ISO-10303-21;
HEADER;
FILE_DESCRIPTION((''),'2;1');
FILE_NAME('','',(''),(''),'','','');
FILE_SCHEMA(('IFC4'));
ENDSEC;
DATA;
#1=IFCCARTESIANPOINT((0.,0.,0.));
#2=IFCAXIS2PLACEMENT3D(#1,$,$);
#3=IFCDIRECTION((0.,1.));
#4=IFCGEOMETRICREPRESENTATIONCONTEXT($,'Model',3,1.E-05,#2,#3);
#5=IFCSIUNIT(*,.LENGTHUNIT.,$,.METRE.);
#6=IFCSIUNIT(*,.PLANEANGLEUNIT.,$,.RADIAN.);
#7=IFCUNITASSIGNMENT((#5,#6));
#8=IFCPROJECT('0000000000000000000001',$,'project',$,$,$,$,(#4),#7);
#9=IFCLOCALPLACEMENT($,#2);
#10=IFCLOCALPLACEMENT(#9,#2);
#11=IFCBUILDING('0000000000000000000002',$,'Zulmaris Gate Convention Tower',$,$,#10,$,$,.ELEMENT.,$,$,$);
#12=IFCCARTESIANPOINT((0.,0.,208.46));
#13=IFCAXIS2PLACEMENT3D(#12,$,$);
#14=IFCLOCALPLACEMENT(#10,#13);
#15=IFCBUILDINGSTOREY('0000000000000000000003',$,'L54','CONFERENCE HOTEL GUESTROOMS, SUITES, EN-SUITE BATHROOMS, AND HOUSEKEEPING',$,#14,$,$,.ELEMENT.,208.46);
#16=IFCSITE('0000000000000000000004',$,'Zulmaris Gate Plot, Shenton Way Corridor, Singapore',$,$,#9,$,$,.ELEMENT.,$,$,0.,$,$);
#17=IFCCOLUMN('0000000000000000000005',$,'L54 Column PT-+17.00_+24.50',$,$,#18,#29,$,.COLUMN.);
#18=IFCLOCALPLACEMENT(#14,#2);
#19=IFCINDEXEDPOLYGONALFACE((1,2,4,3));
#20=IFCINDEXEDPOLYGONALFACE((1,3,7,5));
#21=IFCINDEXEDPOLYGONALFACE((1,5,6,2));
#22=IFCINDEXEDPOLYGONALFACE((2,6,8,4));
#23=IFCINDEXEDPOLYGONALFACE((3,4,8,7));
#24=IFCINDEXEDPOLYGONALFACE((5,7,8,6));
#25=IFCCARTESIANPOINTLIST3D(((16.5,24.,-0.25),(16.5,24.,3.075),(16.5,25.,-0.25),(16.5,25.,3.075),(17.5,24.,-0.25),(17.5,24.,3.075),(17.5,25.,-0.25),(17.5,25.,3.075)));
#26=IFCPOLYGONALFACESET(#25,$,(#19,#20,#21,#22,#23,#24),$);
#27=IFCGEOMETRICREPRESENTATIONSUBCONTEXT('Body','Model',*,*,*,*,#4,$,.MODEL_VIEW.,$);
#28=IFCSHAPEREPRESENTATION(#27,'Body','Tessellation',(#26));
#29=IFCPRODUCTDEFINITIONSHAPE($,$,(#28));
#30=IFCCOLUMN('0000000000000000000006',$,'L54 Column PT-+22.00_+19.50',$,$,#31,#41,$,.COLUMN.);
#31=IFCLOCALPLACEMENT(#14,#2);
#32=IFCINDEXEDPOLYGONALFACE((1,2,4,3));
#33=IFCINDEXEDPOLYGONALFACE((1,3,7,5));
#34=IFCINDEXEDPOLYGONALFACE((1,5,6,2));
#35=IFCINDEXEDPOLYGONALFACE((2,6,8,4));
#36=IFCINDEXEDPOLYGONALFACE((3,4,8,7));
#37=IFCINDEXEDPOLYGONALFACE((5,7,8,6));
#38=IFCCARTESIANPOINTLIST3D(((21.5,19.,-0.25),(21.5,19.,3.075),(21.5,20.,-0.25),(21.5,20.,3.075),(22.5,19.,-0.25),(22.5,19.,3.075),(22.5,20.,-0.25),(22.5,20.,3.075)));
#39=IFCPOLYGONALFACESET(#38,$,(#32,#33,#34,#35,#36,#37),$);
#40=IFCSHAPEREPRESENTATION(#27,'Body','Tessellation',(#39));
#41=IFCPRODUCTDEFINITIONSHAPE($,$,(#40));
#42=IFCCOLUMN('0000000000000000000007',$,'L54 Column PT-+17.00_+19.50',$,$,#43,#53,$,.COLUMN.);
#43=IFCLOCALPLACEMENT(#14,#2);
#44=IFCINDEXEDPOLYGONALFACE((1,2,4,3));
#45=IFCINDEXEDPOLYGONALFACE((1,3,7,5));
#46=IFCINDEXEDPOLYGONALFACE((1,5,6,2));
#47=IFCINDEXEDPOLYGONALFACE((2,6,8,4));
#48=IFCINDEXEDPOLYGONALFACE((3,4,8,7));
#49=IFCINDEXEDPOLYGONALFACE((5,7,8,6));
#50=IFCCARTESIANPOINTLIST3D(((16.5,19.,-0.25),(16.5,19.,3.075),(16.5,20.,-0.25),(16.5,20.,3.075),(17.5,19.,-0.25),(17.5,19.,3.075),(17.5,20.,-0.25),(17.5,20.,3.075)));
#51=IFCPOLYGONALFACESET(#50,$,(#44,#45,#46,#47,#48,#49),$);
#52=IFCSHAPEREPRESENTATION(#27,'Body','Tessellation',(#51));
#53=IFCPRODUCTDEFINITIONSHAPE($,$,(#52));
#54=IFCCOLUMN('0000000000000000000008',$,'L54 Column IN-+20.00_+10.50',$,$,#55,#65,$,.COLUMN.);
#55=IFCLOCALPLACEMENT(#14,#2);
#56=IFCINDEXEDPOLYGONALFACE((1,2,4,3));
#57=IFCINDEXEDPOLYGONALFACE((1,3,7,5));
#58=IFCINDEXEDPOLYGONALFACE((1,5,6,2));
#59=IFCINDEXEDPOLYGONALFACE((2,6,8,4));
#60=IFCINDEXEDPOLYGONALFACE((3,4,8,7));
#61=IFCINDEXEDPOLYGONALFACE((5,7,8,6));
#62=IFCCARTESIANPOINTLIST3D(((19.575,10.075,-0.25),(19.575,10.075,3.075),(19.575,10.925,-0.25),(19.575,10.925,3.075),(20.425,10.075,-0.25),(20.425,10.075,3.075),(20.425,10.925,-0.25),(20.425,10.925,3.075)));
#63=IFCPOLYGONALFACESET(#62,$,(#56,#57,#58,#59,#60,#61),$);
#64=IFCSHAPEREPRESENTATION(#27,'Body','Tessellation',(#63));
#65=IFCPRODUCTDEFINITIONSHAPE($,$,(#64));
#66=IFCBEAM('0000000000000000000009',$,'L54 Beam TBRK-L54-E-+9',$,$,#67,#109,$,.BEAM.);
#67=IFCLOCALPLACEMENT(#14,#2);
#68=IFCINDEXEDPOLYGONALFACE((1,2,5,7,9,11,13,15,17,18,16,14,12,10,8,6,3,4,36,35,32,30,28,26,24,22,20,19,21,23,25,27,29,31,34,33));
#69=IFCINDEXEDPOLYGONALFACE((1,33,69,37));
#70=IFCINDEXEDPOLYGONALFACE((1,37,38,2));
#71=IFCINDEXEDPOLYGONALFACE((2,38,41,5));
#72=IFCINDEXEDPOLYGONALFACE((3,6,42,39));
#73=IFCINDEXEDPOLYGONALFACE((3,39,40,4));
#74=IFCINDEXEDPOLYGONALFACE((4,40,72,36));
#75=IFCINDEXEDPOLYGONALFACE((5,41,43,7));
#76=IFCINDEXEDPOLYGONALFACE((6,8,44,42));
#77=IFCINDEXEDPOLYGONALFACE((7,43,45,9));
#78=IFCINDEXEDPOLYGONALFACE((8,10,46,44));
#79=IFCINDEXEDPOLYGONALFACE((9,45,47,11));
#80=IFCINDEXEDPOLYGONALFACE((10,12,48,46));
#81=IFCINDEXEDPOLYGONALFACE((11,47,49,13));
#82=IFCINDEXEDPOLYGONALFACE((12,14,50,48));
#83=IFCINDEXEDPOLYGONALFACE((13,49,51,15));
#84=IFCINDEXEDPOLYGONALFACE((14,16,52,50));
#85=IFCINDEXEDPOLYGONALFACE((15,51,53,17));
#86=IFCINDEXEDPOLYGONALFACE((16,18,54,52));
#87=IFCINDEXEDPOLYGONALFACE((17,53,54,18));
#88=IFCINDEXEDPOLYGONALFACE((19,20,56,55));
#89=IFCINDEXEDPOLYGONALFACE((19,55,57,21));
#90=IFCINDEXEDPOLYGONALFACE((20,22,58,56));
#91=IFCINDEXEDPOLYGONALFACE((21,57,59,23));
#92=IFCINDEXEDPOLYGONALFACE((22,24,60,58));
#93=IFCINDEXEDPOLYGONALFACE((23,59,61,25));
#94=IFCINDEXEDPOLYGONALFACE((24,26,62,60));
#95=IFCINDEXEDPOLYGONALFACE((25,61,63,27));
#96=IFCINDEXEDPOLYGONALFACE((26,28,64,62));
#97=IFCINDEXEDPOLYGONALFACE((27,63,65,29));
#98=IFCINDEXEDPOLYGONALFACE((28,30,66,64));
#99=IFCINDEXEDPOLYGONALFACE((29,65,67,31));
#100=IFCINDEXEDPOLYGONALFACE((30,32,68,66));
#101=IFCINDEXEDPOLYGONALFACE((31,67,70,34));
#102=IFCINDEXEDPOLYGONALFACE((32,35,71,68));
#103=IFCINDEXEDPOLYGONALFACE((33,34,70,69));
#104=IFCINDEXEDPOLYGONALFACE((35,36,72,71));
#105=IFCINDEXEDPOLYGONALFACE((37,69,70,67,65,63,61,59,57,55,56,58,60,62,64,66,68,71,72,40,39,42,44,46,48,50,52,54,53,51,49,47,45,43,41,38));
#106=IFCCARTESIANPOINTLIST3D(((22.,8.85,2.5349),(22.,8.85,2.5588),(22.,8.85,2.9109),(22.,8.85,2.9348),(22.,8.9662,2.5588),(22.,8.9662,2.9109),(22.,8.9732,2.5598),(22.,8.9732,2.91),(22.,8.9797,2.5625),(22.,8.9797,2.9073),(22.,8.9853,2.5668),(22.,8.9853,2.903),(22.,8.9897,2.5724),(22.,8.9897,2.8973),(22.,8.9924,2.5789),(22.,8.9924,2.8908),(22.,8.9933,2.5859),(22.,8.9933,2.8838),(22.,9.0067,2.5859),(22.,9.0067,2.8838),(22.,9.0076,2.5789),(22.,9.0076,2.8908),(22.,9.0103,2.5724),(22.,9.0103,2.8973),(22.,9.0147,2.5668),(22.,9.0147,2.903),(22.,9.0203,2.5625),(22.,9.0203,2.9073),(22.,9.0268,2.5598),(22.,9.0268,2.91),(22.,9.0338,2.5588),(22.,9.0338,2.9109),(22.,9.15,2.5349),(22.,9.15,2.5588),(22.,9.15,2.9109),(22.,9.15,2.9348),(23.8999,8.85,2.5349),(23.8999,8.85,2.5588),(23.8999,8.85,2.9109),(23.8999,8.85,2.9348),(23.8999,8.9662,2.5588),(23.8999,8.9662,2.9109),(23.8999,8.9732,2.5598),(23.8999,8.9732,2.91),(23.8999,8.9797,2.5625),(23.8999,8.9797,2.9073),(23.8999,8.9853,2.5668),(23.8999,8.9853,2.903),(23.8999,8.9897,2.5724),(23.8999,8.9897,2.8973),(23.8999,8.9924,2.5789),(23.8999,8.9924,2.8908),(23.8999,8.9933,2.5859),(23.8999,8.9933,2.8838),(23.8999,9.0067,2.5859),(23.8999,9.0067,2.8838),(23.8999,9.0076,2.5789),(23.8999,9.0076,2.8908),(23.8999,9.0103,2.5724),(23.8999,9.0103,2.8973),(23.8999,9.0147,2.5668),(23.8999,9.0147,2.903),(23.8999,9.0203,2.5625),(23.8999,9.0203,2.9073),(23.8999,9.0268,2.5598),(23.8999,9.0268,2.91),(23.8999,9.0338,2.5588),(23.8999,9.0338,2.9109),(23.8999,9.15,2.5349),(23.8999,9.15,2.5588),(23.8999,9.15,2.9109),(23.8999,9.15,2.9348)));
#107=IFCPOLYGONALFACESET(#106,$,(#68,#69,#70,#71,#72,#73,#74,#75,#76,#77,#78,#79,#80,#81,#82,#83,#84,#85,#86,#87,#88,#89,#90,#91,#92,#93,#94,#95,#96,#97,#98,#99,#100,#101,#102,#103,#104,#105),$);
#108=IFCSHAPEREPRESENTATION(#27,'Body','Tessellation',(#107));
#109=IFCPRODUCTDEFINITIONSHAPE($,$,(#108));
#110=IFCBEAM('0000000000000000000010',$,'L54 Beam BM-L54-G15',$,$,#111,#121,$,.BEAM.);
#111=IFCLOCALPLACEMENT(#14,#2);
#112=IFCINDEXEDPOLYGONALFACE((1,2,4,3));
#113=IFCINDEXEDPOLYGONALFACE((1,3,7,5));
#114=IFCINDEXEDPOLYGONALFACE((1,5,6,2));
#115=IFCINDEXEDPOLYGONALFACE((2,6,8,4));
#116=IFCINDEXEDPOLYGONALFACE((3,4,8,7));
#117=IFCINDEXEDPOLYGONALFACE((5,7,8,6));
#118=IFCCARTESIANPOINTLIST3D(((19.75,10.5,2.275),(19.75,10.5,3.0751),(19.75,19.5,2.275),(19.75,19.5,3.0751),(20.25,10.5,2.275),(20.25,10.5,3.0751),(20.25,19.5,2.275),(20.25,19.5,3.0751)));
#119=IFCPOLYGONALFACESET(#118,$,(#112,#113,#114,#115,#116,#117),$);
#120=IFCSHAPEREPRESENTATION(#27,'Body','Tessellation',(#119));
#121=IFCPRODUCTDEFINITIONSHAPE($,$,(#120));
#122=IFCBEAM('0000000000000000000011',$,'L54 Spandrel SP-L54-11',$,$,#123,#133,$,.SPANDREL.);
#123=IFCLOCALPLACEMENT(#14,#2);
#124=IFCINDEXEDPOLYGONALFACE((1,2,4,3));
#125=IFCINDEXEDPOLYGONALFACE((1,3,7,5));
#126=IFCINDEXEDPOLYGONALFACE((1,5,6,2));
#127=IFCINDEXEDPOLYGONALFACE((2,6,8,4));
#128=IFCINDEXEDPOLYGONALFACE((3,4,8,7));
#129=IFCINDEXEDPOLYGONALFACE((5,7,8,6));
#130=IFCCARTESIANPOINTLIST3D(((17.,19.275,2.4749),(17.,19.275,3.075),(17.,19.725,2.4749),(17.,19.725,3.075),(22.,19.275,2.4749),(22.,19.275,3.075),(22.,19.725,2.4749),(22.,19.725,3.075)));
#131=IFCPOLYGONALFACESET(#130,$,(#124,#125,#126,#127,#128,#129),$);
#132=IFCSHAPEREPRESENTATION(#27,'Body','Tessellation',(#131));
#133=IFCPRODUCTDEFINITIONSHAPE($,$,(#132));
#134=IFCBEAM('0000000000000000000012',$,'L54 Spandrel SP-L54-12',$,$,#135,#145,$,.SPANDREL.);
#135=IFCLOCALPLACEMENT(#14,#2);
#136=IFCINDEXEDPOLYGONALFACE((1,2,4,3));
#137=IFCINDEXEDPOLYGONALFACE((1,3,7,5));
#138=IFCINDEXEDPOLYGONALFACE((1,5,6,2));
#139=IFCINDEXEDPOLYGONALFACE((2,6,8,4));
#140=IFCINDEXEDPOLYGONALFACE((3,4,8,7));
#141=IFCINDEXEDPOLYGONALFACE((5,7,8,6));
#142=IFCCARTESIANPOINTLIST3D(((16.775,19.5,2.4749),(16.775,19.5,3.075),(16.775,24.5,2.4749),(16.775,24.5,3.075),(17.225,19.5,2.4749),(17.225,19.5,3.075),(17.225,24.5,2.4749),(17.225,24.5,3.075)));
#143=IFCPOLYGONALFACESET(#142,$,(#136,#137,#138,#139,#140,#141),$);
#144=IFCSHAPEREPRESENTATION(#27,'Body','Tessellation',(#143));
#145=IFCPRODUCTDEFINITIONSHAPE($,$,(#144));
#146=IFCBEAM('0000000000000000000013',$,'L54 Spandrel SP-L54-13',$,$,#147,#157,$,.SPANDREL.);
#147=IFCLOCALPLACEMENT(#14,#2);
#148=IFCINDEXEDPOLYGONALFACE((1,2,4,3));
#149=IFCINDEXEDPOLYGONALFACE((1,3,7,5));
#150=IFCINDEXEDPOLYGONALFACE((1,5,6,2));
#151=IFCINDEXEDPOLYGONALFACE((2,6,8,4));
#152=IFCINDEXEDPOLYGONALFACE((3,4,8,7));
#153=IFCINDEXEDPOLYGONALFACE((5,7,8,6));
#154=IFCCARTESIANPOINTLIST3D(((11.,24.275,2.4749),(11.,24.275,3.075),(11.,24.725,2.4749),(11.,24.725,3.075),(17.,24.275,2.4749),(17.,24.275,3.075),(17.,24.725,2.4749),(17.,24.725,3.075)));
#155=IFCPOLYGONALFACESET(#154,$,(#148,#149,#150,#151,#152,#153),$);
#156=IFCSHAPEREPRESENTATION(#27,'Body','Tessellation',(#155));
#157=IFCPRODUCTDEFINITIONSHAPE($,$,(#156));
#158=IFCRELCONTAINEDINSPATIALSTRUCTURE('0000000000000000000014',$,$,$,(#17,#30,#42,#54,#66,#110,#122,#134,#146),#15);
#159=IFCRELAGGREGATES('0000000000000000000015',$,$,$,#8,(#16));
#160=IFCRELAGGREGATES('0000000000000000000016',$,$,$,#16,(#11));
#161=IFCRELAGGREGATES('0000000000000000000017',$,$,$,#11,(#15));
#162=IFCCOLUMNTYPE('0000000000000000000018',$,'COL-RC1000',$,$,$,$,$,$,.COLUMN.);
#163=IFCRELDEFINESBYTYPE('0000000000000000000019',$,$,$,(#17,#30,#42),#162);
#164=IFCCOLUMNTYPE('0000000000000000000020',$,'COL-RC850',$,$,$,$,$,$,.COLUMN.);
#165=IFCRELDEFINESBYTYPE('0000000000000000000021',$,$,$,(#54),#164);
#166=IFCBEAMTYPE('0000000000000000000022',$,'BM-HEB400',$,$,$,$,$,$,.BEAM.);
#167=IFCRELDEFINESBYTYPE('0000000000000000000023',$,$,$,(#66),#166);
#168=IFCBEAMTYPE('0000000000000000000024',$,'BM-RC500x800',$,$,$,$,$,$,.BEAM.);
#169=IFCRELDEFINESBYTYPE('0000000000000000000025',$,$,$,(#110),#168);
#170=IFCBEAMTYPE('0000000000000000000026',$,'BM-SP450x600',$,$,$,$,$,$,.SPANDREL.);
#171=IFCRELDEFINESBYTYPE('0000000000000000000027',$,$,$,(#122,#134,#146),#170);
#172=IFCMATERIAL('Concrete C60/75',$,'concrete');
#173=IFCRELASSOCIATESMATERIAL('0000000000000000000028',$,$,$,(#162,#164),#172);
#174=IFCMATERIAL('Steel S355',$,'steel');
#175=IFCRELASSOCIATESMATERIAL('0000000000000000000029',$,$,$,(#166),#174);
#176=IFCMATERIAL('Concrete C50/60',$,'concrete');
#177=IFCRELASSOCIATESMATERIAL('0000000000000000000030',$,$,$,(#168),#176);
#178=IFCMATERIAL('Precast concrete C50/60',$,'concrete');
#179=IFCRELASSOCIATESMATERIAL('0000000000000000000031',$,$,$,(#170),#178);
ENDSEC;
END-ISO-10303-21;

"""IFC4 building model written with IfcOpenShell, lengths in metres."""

from ifc_helpers import new_model, si_unit, direction, frame, origin, origin_2d, place, context, subcontext, project, spatial, rectangle, i_section, extrude, material, material_profile, profile_set, type_object, element, save


model = new_model("IFC4")

# Units and contexts
model_context = context("Model", 3, precision=1e-05, world=origin(), true_north=direction((0.0, 1.0)))
body_context = subcontext(model_context, "Body", "Model", "MODEL_VIEW")
ifc_project = project(units=[si_unit("LENGTHUNIT", "METRE"), si_unit("PLANEANGLEUNIT", "RADIAN")], contexts=[model_context])

# Site, building, storey
site_placement = place(None, origin())
site = spatial("IfcSite", under=ifc_project, at=site_placement, Name="Zulmaris Gate Plot, Shenton Way Corridor, Singapore", CompositionType="ELEMENT", RefElevation=0.0)
building_placement = place(site_placement, origin())
building = spatial("IfcBuilding", under=site, at=building_placement, Name="Zulmaris Gate Convention Tower", CompositionType="ELEMENT")
storey_placement = place(building_placement, frame((0.0, 0.0, 208.46)))
storey = spatial("IfcBuildingStorey", under=building, at=storey_placement, Name="L54", Description="CONFERENCE HOTEL GUESTROOMS, SUITES, EN-SUITE BATHROOMS, AND HOUSEKEEPING", CompositionType="ELEMENT", Elevation=208.46)

# Columns
ifc_material_1 = material(Name="Concrete C60/75", Category="concrete")
ifc_material_profile_1 = material_profile(ifc_material_1, rectangle(XDim=1.0, YDim=1.0, at=origin_2d()), Name="RC COL 1000x1000")
ifc_profile_set_1 = profile_set([ifc_material_profile_1], Name="Concrete C60/75")
column_type_1 = type_object("IfcColumnType", Name="COL-RC1000", PredefinedType="COLUMN", material=ifc_profile_set_1)
for number, where, z_axis, x_axis, name in (
    (1, (17.0, 24.5, -0.25), (0.0, 0.0, 1.0), (1.0, 0.0, 0.0), "L54 Column PT-+17.00_+24.50"),
    (2, (22.0, 19.5, -0.25), (0.0, 0.0, 1.0), (1.0, 0.0, 0.0), "L54 Column PT-+22.00_+19.50"),
    (3, (17.0, 19.5, -0.25), (0.0, 0.0, 1.0), (1.0, 0.0, 0.0), "L54 Column PT-+17.00_+19.50"),
):
    element("IfcColumn", number, at=place(storey_placement, frame(where, z_axis=z_axis, x_axis=x_axis)), inside=storey, type_object=column_type_1, Name=name, PredefinedType="COLUMN", context=body_context, shape_type="SweptSolid", body=[
        extrude(rectangle(XDim=1.0, YDim=1.0, at=origin_2d()), origin(), (0.0, 0.0, 1.0), 3.325),
    ])
ifc_material_profile_2 = material_profile(ifc_material_1, rectangle(XDim=0.8501, YDim=0.8501, at=origin_2d()), Name="RC COL 850x850")
ifc_profile_set_2 = profile_set([ifc_material_profile_2], Name="Concrete C60/75")
column_type_2 = type_object("IfcColumnType", Name="COL-RC850", PredefinedType="COLUMN", material=ifc_profile_set_2)
column_placement = place(storey_placement, frame((20.0, 10.5, -0.25), z_axis=(0.0, 0.0, 1.0), x_axis=(1.0, 0.0, 0.0)))
element("IfcColumn", 4, at=column_placement, inside=storey, type_object=column_type_2, Name="L54 Column IN-+20.00_+10.50", PredefinedType="COLUMN", context=body_context, shape_type="SweptSolid", body=[
    extrude(rectangle(XDim=0.8501, YDim=0.8501, at=origin_2d()), origin(), (0.0, 0.0, 1.0), 3.325),
])

# Beams
ifc_material_2 = material(Name="Steel S355", Category="steel")
ifc_material_profile_3 = material_profile(ifc_material_2, i_section(OverallWidth=0.3, OverallDepth=0.3999, WebThickness=0.0134, FlangeThickness=0.0239, FilletRadius=0.0271, at=origin_2d()), Name="HEB 400")
ifc_profile_set_3 = profile_set([ifc_material_profile_3], Name="Steel S355")
beam_type_1 = type_object("IfcBeamType", Name="BM-HEB400", PredefinedType="BEAM", material=ifc_profile_set_3)
beam_1_placement = place(storey_placement, frame((22.0, 9.0, 2.7349), z_axis=(1.0, 0.0, 0.0), x_axis=(0.0, 1.0, 0.0)))
element("IfcBeam", 5, at=beam_1_placement, inside=storey, type_object=beam_type_1, Name="L54 Beam TBRK-L54-E-+9", PredefinedType="BEAM", context=body_context, shape_type="SweptSolid", body=[
    extrude(i_section(OverallWidth=0.3, OverallDepth=0.3999, WebThickness=0.0134, FlangeThickness=0.0239, FilletRadius=0.0271, at=origin_2d()), origin(), (0.0, 0.0, 1.0), 1.8999),
])
ifc_material_3 = material(Name="Concrete C50/60", Category="concrete")
ifc_material_profile_4 = material_profile(ifc_material_3, rectangle(XDim=0.5, YDim=0.8, at=origin_2d()), Name="RC BEAM 500x800")
ifc_profile_set_4 = profile_set([ifc_material_profile_4], Name="Concrete C50/60")
beam_type_2 = type_object("IfcBeamType", Name="BM-RC500x800", PredefinedType="BEAM", material=ifc_profile_set_4)
beam_2_placement = place(storey_placement, frame((20.0, 10.5, 2.675), z_axis=(0.0, 1.0, 0.0), x_axis=(-1.0, 0.0, 0.0)))
element("IfcBeam", 6, at=beam_2_placement, inside=storey, type_object=beam_type_2, Name="L54 Beam BM-L54-G15", PredefinedType="BEAM", context=body_context, shape_type="SweptSolid", body=[
    extrude(rectangle(XDim=0.5, YDim=0.8, at=origin_2d()), origin(), (0.0, 0.0, 1.0), 9.0),
])
ifc_material_4 = material(Name="Precast concrete C50/60", Category="concrete")
ifc_material_profile_5 = material_profile(ifc_material_4, rectangle(XDim=0.45, YDim=0.6001, at=origin_2d()), Name="RC SPANDREL 450x600")
ifc_profile_set_5 = profile_set([ifc_material_profile_5], Name="Precast concrete C50/60")
beam_type_3 = type_object("IfcBeamType", Name="BM-SP450x600", PredefinedType="SPANDREL", material=ifc_profile_set_5)
for number, where, z_axis, x_axis, name in (
    (7, (22.0, 19.5, 2.7749), (-1.0, 0.0, 0.0), (0.0, -1.0, 0.0), "L54 Spandrel SP-L54-11"),
    (8, (17.0, 19.5, 2.7749), (0.0, 1.0, 0.0), (-1.0, 0.0, 0.0), "L54 Spandrel SP-L54-12"),
):
    element("IfcBeam", number, at=place(storey_placement, frame(where, z_axis=z_axis, x_axis=x_axis)), inside=storey, type_object=beam_type_3, Name=name, PredefinedType="SPANDREL", context=body_context, shape_type="SweptSolid", body=[
        extrude(rectangle(XDim=0.45, YDim=0.6001, at=origin_2d()), origin(), (0.0, 0.0, 1.0), 5.0),
    ])
beam_3_placement = place(storey_placement, frame((17.0, 24.5, 2.7749), z_axis=(-1.0, 0.0, 0.0), x_axis=(0.0, -1.0, 0.0)))
element("IfcBeam", 9, at=beam_3_placement, inside=storey, type_object=beam_type_3, Name="L54 Spandrel SP-L54-13", PredefinedType="SPANDREL", context=body_context, shape_type="SweptSolid", body=[
    extrude(rectangle(XDim=0.45, YDim=0.6001, at=origin_2d()), origin(), (0.0, 0.0, 1.0), 6.0),
])

save(model, "model.ifc")
